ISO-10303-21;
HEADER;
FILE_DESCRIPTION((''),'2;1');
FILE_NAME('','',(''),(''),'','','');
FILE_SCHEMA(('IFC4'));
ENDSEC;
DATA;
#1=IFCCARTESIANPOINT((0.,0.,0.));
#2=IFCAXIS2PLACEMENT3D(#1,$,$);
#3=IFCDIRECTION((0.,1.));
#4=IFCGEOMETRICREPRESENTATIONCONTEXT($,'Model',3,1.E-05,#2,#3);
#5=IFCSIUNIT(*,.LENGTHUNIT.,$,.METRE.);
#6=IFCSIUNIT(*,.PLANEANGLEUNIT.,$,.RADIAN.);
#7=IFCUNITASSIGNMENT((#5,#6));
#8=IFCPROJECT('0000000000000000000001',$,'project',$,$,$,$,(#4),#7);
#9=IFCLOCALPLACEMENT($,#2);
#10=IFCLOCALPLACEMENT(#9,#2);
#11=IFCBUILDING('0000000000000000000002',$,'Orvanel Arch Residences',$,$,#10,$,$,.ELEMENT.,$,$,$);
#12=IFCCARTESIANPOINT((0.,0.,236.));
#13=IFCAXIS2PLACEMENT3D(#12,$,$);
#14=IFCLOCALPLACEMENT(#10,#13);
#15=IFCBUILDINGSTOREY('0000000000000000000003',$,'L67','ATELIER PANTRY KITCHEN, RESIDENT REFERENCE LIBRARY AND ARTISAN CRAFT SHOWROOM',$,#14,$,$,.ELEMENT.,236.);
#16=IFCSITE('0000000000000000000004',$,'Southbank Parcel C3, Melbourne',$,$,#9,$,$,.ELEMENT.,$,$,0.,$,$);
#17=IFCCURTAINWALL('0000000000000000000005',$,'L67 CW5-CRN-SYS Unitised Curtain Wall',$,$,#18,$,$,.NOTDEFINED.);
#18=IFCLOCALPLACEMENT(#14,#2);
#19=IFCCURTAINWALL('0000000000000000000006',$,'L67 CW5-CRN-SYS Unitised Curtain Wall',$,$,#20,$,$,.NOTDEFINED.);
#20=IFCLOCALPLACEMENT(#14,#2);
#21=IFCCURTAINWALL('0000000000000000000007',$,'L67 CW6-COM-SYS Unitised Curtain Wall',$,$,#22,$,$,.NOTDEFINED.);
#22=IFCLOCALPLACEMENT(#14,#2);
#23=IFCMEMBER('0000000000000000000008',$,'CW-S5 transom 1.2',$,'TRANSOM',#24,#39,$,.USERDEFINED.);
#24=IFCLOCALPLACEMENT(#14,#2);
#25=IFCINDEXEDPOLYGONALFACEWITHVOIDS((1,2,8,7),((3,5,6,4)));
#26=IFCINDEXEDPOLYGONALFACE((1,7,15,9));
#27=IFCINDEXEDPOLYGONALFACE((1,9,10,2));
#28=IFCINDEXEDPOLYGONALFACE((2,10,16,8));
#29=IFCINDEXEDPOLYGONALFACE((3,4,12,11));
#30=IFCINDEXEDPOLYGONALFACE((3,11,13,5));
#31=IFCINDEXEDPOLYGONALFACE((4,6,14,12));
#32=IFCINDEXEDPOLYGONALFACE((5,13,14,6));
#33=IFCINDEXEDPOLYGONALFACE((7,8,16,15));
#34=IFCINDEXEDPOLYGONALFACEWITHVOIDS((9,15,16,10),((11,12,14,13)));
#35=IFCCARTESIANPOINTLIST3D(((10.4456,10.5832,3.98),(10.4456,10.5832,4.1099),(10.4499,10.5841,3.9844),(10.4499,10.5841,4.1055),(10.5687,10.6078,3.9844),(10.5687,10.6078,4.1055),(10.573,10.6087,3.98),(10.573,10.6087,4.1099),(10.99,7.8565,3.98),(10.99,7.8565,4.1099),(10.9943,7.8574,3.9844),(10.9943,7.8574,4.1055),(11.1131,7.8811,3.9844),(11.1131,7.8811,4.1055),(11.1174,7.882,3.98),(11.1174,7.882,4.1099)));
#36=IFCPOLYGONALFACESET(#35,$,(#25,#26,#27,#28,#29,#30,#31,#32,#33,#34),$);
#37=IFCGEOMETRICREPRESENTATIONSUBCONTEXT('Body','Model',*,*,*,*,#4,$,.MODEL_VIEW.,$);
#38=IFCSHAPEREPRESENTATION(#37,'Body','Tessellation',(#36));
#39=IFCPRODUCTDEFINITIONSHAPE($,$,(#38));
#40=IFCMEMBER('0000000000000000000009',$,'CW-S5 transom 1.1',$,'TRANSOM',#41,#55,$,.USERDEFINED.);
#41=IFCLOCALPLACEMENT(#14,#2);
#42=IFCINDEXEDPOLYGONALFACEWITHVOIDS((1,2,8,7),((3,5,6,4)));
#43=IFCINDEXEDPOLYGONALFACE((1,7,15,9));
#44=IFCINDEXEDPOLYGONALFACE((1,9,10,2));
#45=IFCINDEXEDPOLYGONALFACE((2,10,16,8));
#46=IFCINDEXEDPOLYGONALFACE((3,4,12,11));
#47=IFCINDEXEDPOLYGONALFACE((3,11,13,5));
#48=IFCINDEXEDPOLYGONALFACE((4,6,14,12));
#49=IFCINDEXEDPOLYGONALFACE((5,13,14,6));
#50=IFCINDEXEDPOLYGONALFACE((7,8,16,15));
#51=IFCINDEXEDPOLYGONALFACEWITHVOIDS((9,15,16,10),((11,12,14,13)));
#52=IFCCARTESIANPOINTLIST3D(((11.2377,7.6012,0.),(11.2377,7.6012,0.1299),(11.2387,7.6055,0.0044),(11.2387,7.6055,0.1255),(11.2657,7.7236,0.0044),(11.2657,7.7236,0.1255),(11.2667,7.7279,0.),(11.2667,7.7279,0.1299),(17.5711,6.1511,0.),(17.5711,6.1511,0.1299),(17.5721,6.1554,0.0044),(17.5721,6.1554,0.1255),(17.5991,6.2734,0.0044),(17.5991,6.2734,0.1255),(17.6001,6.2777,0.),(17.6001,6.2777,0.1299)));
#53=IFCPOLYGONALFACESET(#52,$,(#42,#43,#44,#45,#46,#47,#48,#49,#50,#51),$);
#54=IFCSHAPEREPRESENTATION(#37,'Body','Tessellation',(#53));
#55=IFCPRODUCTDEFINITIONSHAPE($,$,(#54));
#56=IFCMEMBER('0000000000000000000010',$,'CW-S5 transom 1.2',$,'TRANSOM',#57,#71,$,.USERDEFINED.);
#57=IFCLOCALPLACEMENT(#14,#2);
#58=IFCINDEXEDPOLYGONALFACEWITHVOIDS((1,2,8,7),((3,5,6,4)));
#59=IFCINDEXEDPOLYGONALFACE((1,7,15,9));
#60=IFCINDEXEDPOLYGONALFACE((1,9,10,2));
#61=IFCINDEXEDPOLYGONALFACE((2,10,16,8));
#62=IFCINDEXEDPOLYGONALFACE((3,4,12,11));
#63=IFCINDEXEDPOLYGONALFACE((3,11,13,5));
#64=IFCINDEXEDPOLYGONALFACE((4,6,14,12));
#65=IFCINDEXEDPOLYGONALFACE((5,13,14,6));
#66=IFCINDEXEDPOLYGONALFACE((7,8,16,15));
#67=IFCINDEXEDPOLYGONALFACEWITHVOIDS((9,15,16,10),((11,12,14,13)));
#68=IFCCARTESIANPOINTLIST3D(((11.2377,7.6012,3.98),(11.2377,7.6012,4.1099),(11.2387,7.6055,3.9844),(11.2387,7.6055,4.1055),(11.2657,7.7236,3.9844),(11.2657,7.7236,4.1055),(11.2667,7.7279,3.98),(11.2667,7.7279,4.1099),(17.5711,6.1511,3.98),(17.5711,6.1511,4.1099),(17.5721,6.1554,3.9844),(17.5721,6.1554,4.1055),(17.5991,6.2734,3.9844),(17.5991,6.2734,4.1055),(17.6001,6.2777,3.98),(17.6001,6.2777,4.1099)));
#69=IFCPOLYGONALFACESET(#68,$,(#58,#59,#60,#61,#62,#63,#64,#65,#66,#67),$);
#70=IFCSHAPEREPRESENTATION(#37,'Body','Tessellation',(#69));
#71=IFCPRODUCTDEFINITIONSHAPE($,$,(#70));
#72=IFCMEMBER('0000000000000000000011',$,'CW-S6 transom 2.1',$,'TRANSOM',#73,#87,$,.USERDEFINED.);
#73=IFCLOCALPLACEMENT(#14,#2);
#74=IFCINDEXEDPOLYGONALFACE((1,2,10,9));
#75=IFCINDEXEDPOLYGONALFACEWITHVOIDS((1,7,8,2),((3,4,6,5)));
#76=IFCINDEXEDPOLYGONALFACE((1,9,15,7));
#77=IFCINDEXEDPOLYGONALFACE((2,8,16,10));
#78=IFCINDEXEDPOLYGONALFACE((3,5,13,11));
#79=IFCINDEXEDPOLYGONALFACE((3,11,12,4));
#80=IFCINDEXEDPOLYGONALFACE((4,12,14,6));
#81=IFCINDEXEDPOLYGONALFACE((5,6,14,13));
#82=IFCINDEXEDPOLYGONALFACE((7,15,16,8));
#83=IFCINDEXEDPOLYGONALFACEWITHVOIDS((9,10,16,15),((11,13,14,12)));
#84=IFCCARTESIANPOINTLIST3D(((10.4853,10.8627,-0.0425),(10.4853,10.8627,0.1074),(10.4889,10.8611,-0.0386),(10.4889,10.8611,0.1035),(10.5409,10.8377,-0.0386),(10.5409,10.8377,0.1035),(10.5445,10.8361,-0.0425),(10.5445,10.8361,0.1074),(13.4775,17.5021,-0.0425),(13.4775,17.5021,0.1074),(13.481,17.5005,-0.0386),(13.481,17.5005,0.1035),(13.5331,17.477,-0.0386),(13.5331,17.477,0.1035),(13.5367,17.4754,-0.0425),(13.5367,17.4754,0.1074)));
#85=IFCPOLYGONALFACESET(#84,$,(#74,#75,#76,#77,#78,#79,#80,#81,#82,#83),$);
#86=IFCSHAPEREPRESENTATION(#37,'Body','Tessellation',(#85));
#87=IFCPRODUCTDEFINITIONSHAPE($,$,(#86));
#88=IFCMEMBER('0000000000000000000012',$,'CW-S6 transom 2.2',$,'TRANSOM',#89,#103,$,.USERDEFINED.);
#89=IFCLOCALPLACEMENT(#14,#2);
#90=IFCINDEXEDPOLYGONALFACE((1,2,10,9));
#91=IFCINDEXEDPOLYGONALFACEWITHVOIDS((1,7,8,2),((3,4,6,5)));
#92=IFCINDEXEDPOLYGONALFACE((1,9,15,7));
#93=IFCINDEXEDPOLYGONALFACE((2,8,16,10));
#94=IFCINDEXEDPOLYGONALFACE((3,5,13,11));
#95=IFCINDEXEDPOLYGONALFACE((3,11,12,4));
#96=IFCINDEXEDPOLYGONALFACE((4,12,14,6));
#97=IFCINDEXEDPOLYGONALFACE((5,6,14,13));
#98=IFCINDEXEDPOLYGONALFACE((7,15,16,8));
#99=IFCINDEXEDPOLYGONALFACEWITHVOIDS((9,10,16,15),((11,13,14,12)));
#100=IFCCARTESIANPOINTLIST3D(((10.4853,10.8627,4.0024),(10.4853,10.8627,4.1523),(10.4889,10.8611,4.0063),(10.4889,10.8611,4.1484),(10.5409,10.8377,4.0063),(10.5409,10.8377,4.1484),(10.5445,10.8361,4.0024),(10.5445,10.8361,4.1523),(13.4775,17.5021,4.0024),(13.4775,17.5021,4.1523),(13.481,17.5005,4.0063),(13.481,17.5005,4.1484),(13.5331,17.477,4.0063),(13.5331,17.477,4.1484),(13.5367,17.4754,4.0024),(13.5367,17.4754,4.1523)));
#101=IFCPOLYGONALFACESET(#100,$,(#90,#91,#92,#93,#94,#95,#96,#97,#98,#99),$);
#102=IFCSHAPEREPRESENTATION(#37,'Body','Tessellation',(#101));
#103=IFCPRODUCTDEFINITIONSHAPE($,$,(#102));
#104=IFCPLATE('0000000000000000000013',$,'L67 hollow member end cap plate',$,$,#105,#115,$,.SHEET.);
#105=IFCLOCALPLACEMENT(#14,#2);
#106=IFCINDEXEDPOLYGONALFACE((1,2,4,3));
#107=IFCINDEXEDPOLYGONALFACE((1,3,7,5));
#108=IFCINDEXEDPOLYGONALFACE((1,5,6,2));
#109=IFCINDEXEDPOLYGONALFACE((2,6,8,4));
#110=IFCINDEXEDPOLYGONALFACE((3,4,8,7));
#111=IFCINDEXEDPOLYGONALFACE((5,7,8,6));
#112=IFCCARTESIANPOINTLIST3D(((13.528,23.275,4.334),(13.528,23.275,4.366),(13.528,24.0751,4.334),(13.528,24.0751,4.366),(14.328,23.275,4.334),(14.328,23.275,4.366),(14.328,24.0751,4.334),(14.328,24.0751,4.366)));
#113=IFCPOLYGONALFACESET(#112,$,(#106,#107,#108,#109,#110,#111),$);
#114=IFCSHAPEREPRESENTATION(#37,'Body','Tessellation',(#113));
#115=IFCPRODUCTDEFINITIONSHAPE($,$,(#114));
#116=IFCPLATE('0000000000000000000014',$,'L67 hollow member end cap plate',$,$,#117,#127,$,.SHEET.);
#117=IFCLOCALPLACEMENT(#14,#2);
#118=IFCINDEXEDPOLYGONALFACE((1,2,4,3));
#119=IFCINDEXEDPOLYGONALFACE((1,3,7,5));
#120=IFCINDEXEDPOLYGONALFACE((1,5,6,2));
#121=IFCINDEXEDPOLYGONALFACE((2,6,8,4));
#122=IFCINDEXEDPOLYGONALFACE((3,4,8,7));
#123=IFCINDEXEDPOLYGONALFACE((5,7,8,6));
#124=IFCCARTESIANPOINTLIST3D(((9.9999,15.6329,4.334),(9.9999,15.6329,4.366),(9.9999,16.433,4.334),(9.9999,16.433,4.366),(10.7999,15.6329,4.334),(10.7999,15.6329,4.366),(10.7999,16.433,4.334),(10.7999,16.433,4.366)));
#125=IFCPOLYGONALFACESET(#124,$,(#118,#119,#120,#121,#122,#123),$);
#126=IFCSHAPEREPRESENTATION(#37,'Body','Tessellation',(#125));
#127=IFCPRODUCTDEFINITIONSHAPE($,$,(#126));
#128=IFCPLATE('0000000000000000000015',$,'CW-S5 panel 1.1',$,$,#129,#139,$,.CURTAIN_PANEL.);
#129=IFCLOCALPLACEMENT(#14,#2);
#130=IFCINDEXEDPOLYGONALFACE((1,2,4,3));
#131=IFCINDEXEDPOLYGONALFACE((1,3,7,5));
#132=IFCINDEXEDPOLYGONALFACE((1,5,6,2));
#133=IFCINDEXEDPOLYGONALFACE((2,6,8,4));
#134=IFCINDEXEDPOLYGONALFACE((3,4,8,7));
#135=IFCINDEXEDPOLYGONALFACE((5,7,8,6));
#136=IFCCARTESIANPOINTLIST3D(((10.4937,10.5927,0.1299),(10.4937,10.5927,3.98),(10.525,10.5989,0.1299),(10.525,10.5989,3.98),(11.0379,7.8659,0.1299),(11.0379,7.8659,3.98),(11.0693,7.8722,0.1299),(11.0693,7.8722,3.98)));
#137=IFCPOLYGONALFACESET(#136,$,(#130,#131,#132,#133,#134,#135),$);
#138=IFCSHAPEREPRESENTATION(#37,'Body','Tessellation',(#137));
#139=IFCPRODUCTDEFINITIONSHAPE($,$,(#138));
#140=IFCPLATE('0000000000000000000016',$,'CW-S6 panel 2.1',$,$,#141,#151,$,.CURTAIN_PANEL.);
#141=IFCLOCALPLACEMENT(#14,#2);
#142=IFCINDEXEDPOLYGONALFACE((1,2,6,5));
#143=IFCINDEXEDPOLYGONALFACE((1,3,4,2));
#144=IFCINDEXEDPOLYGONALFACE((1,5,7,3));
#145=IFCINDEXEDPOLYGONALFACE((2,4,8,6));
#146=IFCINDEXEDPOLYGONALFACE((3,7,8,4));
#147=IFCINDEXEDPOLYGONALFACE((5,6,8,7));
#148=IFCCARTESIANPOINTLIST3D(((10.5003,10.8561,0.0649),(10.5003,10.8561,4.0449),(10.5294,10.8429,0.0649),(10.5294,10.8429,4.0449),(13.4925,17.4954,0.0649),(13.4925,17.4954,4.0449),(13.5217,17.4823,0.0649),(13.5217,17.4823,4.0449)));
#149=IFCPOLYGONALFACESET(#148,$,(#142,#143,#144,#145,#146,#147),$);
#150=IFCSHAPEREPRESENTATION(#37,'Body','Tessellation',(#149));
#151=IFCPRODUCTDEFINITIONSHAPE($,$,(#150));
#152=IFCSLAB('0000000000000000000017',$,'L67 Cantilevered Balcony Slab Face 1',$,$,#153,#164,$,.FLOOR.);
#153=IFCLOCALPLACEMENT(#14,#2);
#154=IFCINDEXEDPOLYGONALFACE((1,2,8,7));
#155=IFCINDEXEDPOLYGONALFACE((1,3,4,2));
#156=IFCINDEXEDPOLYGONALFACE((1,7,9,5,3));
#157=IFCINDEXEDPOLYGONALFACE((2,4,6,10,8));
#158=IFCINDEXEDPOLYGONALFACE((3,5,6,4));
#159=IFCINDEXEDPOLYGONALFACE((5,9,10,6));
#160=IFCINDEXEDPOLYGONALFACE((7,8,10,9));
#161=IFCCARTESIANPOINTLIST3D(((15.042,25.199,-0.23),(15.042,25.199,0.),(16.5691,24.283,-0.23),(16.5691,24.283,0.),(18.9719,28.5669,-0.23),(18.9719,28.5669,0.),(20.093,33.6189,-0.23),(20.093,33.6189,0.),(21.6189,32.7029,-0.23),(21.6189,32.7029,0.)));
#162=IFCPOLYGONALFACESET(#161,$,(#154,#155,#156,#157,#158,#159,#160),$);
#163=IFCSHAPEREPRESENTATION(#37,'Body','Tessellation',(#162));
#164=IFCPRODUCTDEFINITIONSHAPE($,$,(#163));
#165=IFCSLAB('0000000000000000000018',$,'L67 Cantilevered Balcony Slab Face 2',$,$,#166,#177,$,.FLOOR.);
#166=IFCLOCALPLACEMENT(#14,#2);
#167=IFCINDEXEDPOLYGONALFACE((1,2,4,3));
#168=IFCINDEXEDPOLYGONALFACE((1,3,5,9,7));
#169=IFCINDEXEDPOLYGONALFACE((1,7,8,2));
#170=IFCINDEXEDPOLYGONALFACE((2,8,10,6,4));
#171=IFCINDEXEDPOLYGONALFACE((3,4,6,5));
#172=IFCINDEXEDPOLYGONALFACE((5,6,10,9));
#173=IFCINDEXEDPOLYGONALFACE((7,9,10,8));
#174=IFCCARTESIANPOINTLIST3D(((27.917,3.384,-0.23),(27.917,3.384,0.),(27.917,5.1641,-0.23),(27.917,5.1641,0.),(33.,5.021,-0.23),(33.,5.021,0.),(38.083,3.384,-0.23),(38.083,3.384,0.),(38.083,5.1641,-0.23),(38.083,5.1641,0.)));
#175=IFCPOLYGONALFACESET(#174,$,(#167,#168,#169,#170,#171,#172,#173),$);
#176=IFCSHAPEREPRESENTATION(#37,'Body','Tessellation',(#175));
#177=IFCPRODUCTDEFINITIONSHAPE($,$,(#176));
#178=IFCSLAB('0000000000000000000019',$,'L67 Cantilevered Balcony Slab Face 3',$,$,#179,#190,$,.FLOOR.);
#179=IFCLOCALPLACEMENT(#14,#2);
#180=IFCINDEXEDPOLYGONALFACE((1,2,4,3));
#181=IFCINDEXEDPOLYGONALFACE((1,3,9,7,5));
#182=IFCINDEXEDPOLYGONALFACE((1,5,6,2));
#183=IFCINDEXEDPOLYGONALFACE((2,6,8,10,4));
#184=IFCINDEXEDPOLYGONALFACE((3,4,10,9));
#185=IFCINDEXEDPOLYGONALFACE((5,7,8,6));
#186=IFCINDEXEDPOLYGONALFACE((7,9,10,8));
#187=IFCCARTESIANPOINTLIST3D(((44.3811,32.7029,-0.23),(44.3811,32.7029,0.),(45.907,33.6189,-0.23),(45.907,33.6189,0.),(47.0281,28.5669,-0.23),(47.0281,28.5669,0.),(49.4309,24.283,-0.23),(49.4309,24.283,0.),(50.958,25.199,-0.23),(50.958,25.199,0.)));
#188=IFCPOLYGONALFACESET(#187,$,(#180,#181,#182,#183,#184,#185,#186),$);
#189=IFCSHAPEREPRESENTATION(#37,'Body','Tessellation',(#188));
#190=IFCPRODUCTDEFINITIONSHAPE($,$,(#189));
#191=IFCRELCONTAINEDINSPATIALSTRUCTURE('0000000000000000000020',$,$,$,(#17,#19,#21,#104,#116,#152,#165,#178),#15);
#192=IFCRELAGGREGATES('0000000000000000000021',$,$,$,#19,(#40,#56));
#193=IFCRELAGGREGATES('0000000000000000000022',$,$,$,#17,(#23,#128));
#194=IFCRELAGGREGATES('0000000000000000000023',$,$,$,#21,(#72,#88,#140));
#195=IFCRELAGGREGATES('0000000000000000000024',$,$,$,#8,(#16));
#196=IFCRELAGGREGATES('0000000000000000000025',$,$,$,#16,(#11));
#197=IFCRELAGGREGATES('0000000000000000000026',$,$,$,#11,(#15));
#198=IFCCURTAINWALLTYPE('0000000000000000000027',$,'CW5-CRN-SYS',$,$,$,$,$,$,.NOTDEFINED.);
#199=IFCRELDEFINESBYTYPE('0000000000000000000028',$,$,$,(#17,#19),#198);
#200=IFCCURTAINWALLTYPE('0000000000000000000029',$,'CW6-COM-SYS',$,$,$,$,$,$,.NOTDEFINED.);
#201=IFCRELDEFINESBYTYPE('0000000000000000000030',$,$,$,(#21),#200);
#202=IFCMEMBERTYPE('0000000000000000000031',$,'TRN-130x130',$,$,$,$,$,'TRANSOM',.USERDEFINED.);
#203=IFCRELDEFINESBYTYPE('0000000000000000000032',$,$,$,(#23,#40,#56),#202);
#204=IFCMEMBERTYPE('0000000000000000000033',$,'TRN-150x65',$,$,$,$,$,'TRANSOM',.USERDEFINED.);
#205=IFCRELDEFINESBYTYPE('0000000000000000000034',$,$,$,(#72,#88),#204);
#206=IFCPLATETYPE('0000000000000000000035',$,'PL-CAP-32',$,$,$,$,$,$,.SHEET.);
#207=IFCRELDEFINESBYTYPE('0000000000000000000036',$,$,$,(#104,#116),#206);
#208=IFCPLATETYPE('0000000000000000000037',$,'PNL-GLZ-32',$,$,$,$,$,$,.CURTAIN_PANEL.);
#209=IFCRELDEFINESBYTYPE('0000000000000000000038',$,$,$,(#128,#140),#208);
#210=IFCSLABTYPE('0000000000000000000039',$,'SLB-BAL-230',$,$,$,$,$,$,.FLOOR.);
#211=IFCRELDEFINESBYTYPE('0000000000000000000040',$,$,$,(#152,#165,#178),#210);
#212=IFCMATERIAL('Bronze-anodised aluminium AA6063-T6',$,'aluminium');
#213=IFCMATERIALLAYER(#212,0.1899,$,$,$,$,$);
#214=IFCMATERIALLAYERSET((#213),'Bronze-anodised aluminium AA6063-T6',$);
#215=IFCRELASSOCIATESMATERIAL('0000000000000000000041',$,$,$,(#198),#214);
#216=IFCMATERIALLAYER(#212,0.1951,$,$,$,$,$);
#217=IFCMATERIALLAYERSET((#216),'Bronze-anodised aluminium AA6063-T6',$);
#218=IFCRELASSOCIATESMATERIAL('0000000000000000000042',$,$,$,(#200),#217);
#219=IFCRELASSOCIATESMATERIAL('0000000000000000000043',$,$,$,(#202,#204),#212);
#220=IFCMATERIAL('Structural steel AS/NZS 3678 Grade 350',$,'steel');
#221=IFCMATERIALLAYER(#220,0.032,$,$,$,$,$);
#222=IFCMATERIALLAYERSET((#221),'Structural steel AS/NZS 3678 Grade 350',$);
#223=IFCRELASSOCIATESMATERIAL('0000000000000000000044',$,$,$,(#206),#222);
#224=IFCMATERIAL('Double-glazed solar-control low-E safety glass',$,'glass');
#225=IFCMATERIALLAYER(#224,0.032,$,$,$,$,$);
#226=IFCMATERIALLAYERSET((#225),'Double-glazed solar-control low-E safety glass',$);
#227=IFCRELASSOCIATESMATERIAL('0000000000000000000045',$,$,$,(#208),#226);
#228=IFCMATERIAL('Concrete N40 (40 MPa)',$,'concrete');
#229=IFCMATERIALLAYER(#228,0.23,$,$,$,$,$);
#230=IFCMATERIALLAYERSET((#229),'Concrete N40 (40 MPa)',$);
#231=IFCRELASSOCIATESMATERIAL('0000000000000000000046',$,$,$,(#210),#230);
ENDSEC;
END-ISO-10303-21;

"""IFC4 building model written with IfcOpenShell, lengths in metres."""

from ifc_helpers import new_model, si_unit, direction, frame, origin, origin_2d, place, context, subcontext, project, spatial, polyline, rectangle, hollow_rectangle, outline, extrude, material, layer, layer_set, material_profile, profile_set, type_object, element, aggregate, save


model = new_model("IFC4")

# Units and contexts
model_context = context("Model", 3, precision=1e-05, world=origin(), true_north=direction((0.0, 1.0)))
body_context = subcontext(model_context, "Body", "Model", "MODEL_VIEW")
ifc_project = project(units=[si_unit("LENGTHUNIT", "METRE"), si_unit("PLANEANGLEUNIT", "RADIAN")], contexts=[model_context])

# Site, building, storey
site_placement = place(None, origin())
site = spatial("IfcSite", under=ifc_project, at=site_placement, Name="Southbank Parcel C3, Melbourne", CompositionType="ELEMENT", RefElevation=0.0)
building_placement = place(site_placement, origin())
building = spatial("IfcBuilding", under=site, at=building_placement, Name="Orvanel Arch Residences", CompositionType="ELEMENT")
storey_placement = place(building_placement, frame((0.0, 0.0, 236.0)))
storey = spatial("IfcBuildingStorey", under=building, at=storey_placement, Name="L67", Description="ATELIER PANTRY KITCHEN, RESIDENT REFERENCE LIBRARY AND ARTISAN CRAFT SHOWROOM", CompositionType="ELEMENT", Elevation=236.0)

# Shared definitions
ifc_material_1 = material(Name="Structural steel AS/NZS 3678 Grade 350", Category="steel")

# Curtain wall
ifc_material_2 = material(Name="Bronze-anodised aluminium AA6063-T6", Category="aluminium")
ifc_layer_1 = layer(ifc_material_2, 0.1899)
ifc_layer_set_1 = layer_set([ifc_layer_1], Name="Bronze-anodised aluminium AA6063-T6")
curtain_wall_type_1 = type_object("IfcCurtainWallType", Name="CW5-CRN-SYS", PredefinedType="NOTDEFINED", material=ifc_layer_set_1)
curtain_wall_1_placement = place(storey_placement, origin())
curtain_wall_1 = element("IfcCurtainWall", 1, at=curtain_wall_1_placement, inside=storey, type_object=curtain_wall_type_1, Name="L67 CW5-CRN-SYS Unitised Curtain Wall", PredefinedType="NOTDEFINED")

# Curtain wall
curtain_wall_2_placement = place(storey_placement, origin())
curtain_wall_2 = element("IfcCurtainWall", 2, at=curtain_wall_2_placement, inside=storey, type_object=curtain_wall_type_1, Name="L67 CW5-CRN-SYS Unitised Curtain Wall", PredefinedType="NOTDEFINED")

# Curtain wall
ifc_layer_2 = layer(ifc_material_2, 0.1951)
ifc_layer_set_2 = layer_set([ifc_layer_2], Name="Bronze-anodised aluminium AA6063-T6")
curtain_wall_type_2 = type_object("IfcCurtainWallType", Name="CW6-COM-SYS", PredefinedType="NOTDEFINED", material=ifc_layer_set_2)
curtain_wall_3_placement = place(storey_placement, origin())
curtain_wall_3 = element("IfcCurtainWall", 3, at=curtain_wall_3_placement, inside=storey, type_object=curtain_wall_type_2, Name="L67 CW6-COM-SYS Unitised Curtain Wall", PredefinedType="NOTDEFINED")

# Members
ifc_material_profile_1 = material_profile(ifc_material_2, hollow_rectangle(XDim=0.1299, YDim=0.1299, WallThickness=0.0044, at=origin_2d()), Name="ALU130x130x4.5")
ifc_profile_set_1 = profile_set([ifc_material_profile_1], Name="Bronze-anodised aluminium AA6063-T6")
member_type_1 = type_object("IfcMemberType", Name="TRN-130x130", ElementType="TRANSOM", PredefinedType="USERDEFINED", material=ifc_profile_set_1)
member_1_placement = place(storey_placement, frame((10.5093, 10.5959, 4.0449), z_axis=(0.195795, -0.980645, 0.0), x_axis=(0.980645, 0.195795, 0.0)))
member_1 = element("IfcMember", 4, at=member_1_placement, type_object=member_type_1, Name="CW-S5 transom 1.2", ObjectType="TRANSOM", PredefinedType="USERDEFINED", context=body_context, shape_type="SweptSolid", body=[
    extrude(hollow_rectangle(XDim=0.1299, YDim=0.1299, WallThickness=0.0044, at=origin_2d()), origin(), (0.0, 0.0, 1.0), 2.7805),
])
member_2_placement = place(storey_placement, frame((11.2522, 7.6646, 0.0649), z_axis=(0.974774, -0.223196, 0.0), x_axis=(0.223196, 0.974774, 0.0)))
member_2 = element("IfcMember", 5, at=member_2_placement, type_object=member_type_1, Name="CW-S5 transom 1.1", ObjectType="TRANSOM", PredefinedType="USERDEFINED", context=body_context, shape_type="SweptSolid", body=[
    extrude(hollow_rectangle(XDim=0.1299, YDim=0.1299, WallThickness=0.0044, at=origin_2d()), origin(), (0.0, 0.0, 1.0), 6.4973),
])
member_3_placement = place(storey_placement, frame((11.2522, 7.6646, 4.0449), z_axis=(0.974774, -0.223196, 0.0), x_axis=(0.223196, 0.974774, 0.0)))
member_3 = element("IfcMember", 6, at=member_3_placement, type_object=member_type_1, Name="CW-S5 transom 1.2", ObjectType="TRANSOM", PredefinedType="USERDEFINED", context=body_context, shape_type="SweptSolid", body=[
    extrude(hollow_rectangle(XDim=0.1299, YDim=0.1299, WallThickness=0.0044, at=origin_2d()), origin(), (0.0, 0.0, 1.0), 6.4973),
])
aggregate(curtain_wall_2, [member_2, member_3])
ifc_material_profile_2 = material_profile(ifc_material_2, hollow_rectangle(XDim=0.0649, YDim=0.1499, WallThickness=0.0039, at=origin_2d()), Name="ALU150x65x4")
ifc_profile_set_2 = profile_set([ifc_material_profile_2], Name="Bronze-anodised aluminium AA6063-T6")
member_type_2 = type_object("IfcMemberType", Name="TRN-150x65", ElementType="TRANSOM", PredefinedType="USERDEFINED", material=ifc_profile_set_2)
member_4_placement = place(storey_placement, frame((13.5071, 17.4888, 0.0325), z_axis=(-0.410873, -0.911692, 0.0), x_axis=(0.911692, -0.410873, 0.0)))
member_4 = element("IfcMember", 7, at=member_4_placement, type_object=member_type_2, Name="CW-S6 transom 2.1", ObjectType="TRANSOM", PredefinedType="USERDEFINED", context=body_context, shape_type="SweptSolid", body=[
    extrude(hollow_rectangle(XDim=0.0649, YDim=0.1499, WallThickness=0.0039, at=origin_2d()), origin(), (0.0, 0.0, 1.0), 7.2825),
])
member_5_placement = place(storey_placement, frame((13.5071, 17.4888, 4.0774), z_axis=(-0.410873, -0.911692, 0.0), x_axis=(0.911692, -0.410873, 0.0)))
member_5 = element("IfcMember", 8, at=member_5_placement, type_object=member_type_2, Name="CW-S6 transom 2.2", ObjectType="TRANSOM", PredefinedType="USERDEFINED", context=body_context, shape_type="SweptSolid", body=[
    extrude(hollow_rectangle(XDim=0.0649, YDim=0.1499, WallThickness=0.0039, at=origin_2d()), origin(), (0.0, 0.0, 1.0), 7.2825),
])

# Plates
ifc_layer_3 = layer(ifc_material_1, 0.032)
ifc_layer_set_3 = layer_set([ifc_layer_3], Name="Structural steel AS/NZS 3678 Grade 350")
plate_type_1 = type_object("IfcPlateType", Name="PL-CAP-32", PredefinedType="SHEET", material=ifc_layer_set_3)
for number, where, z_axis, x_axis, name in (
    (9, (13.928, 23.675, 4.334), (0.0, 0.0, 1.0), (1.0, 0.0, 0.0), "L67 hollow member end cap plate"),
    (10, (10.3999, 16.033, 4.334), (0.0, 0.0, 1.0), (1.0, 0.0, 0.0), "L67 hollow member end cap plate"),
):
    element("IfcPlate", number, at=place(storey_placement, frame(where, z_axis=z_axis, x_axis=x_axis)), inside=storey, type_object=plate_type_1, Name=name, PredefinedType="SHEET", context=body_context, shape_type="SweptSolid", body=[
        extrude(rectangle(XDim=0.8, YDim=0.8, at=origin_2d()), origin(), (0.0, 0.0, 1.0), 0.032),
    ])

# Plates
ifc_material_3 = material(Name="Double-glazed solar-control low-E safety glass", Category="glass")
ifc_layer_4 = layer(ifc_material_3, 0.032)
ifc_layer_set_4 = layer_set([ifc_layer_4], Name="Double-glazed solar-control low-E safety glass")
plate_type_2 = type_object("IfcPlateType", Name="PNL-GLZ-32", PredefinedType="CURTAIN_PANEL", material=ifc_layer_set_4)
plate_1_placement = place(storey_placement, frame((10.7815, 9.2324, 0.1299), z_axis=(0.0, 0.0, 1.0), x_axis=(0.195742, -0.980656, 0.0)))
plate_1 = element("IfcPlate", 11, at=plate_1_placement, type_object=plate_type_2, Name="CW-S5 panel 1.1", PredefinedType="CURTAIN_PANEL", context=body_context, shape_type="SweptSolid", body=[
    extrude(rectangle(XDim=2.7805, YDim=0.032, at=origin_2d()), origin(), (0.0, 0.0, 1.0), 3.8501),
])
aggregate(curtain_wall_1, [member_1, plate_1])
plate_2_placement = place(storey_placement, frame((12.011, 14.1692, 0.0649), z_axis=(0.0, 0.0, 1.0), x_axis=(-0.410882, -0.911689, 0.0)))
plate_2 = element("IfcPlate", 12, at=plate_2_placement, type_object=plate_type_2, Name="CW-S6 panel 2.1", PredefinedType="CURTAIN_PANEL", context=body_context, shape_type="SweptSolid", body=[
    extrude(rectangle(XDim=7.2825, YDim=0.032, at=origin_2d()), origin(), (0.0, 0.0, 1.0), 3.98),
])
aggregate(curtain_wall_3, [member_4, member_5, plate_2])

# Slabs
ifc_material_4 = material(Name="Concrete N40 (40 MPa)", Category="concrete")
ifc_layer_5 = layer(ifc_material_4, 0.23)
ifc_layer_set_5 = layer_set([ifc_layer_5], Name="Concrete N40 (40 MPa)")
slab_type_1 = type_object("IfcSlabType", Name="SLB-BAL-230", PredefinedType="FLOOR", material=ifc_layer_set_5)
slab_1_placement = place(storey_placement, frame((0.0, 0.0, -0.23)))
element("IfcSlab", 13, at=slab_1_placement, inside=storey, type_object=slab_type_1, Name="L67 Cantilevered Balcony Slab Face 1", PredefinedType="FLOOR", context=body_context, shape_type="SweptSolid", body=[
    extrude(outline(polyline([(20.093, 33.6189), (15.042, 25.199), (16.5691, 24.283), (18.9719, 28.5669), (21.6189, 32.7029), (20.093, 33.6189)])), origin(), (0.0, 0.0, 1.0), 0.23),
])
slab_2_placement = place(storey_placement, frame((0.0, 0.0, -0.23)))
element("IfcSlab", 14, at=slab_2_placement, inside=storey, type_object=slab_type_1, Name="L67 Cantilevered Balcony Slab Face 2", PredefinedType="FLOOR", context=body_context, shape_type="SweptSolid", body=[
    extrude(outline(polyline([(27.917, 3.384), (38.083, 3.384), (38.083, 5.1641), (33.0, 5.021), (27.917, 5.1641), (27.917, 3.384)])), origin(), (0.0, 0.0, 1.0), 0.23),
])
slab_3_placement = place(storey_placement, frame((0.0, 0.0, -0.23)))
element("IfcSlab", 15, at=slab_3_placement, inside=storey, type_object=slab_type_1, Name="L67 Cantilevered Balcony Slab Face 3", PredefinedType="FLOOR", context=body_context, shape_type="SweptSolid", body=[
    extrude(outline(polyline([(50.958, 25.199), (45.907, 33.6189), (44.3811, 32.7029), (47.0281, 28.5669), (49.4309, 24.283), (50.958, 25.199)])), origin(), (0.0, 0.0, 1.0), 0.23),
])

save(model, "model.ifc")
